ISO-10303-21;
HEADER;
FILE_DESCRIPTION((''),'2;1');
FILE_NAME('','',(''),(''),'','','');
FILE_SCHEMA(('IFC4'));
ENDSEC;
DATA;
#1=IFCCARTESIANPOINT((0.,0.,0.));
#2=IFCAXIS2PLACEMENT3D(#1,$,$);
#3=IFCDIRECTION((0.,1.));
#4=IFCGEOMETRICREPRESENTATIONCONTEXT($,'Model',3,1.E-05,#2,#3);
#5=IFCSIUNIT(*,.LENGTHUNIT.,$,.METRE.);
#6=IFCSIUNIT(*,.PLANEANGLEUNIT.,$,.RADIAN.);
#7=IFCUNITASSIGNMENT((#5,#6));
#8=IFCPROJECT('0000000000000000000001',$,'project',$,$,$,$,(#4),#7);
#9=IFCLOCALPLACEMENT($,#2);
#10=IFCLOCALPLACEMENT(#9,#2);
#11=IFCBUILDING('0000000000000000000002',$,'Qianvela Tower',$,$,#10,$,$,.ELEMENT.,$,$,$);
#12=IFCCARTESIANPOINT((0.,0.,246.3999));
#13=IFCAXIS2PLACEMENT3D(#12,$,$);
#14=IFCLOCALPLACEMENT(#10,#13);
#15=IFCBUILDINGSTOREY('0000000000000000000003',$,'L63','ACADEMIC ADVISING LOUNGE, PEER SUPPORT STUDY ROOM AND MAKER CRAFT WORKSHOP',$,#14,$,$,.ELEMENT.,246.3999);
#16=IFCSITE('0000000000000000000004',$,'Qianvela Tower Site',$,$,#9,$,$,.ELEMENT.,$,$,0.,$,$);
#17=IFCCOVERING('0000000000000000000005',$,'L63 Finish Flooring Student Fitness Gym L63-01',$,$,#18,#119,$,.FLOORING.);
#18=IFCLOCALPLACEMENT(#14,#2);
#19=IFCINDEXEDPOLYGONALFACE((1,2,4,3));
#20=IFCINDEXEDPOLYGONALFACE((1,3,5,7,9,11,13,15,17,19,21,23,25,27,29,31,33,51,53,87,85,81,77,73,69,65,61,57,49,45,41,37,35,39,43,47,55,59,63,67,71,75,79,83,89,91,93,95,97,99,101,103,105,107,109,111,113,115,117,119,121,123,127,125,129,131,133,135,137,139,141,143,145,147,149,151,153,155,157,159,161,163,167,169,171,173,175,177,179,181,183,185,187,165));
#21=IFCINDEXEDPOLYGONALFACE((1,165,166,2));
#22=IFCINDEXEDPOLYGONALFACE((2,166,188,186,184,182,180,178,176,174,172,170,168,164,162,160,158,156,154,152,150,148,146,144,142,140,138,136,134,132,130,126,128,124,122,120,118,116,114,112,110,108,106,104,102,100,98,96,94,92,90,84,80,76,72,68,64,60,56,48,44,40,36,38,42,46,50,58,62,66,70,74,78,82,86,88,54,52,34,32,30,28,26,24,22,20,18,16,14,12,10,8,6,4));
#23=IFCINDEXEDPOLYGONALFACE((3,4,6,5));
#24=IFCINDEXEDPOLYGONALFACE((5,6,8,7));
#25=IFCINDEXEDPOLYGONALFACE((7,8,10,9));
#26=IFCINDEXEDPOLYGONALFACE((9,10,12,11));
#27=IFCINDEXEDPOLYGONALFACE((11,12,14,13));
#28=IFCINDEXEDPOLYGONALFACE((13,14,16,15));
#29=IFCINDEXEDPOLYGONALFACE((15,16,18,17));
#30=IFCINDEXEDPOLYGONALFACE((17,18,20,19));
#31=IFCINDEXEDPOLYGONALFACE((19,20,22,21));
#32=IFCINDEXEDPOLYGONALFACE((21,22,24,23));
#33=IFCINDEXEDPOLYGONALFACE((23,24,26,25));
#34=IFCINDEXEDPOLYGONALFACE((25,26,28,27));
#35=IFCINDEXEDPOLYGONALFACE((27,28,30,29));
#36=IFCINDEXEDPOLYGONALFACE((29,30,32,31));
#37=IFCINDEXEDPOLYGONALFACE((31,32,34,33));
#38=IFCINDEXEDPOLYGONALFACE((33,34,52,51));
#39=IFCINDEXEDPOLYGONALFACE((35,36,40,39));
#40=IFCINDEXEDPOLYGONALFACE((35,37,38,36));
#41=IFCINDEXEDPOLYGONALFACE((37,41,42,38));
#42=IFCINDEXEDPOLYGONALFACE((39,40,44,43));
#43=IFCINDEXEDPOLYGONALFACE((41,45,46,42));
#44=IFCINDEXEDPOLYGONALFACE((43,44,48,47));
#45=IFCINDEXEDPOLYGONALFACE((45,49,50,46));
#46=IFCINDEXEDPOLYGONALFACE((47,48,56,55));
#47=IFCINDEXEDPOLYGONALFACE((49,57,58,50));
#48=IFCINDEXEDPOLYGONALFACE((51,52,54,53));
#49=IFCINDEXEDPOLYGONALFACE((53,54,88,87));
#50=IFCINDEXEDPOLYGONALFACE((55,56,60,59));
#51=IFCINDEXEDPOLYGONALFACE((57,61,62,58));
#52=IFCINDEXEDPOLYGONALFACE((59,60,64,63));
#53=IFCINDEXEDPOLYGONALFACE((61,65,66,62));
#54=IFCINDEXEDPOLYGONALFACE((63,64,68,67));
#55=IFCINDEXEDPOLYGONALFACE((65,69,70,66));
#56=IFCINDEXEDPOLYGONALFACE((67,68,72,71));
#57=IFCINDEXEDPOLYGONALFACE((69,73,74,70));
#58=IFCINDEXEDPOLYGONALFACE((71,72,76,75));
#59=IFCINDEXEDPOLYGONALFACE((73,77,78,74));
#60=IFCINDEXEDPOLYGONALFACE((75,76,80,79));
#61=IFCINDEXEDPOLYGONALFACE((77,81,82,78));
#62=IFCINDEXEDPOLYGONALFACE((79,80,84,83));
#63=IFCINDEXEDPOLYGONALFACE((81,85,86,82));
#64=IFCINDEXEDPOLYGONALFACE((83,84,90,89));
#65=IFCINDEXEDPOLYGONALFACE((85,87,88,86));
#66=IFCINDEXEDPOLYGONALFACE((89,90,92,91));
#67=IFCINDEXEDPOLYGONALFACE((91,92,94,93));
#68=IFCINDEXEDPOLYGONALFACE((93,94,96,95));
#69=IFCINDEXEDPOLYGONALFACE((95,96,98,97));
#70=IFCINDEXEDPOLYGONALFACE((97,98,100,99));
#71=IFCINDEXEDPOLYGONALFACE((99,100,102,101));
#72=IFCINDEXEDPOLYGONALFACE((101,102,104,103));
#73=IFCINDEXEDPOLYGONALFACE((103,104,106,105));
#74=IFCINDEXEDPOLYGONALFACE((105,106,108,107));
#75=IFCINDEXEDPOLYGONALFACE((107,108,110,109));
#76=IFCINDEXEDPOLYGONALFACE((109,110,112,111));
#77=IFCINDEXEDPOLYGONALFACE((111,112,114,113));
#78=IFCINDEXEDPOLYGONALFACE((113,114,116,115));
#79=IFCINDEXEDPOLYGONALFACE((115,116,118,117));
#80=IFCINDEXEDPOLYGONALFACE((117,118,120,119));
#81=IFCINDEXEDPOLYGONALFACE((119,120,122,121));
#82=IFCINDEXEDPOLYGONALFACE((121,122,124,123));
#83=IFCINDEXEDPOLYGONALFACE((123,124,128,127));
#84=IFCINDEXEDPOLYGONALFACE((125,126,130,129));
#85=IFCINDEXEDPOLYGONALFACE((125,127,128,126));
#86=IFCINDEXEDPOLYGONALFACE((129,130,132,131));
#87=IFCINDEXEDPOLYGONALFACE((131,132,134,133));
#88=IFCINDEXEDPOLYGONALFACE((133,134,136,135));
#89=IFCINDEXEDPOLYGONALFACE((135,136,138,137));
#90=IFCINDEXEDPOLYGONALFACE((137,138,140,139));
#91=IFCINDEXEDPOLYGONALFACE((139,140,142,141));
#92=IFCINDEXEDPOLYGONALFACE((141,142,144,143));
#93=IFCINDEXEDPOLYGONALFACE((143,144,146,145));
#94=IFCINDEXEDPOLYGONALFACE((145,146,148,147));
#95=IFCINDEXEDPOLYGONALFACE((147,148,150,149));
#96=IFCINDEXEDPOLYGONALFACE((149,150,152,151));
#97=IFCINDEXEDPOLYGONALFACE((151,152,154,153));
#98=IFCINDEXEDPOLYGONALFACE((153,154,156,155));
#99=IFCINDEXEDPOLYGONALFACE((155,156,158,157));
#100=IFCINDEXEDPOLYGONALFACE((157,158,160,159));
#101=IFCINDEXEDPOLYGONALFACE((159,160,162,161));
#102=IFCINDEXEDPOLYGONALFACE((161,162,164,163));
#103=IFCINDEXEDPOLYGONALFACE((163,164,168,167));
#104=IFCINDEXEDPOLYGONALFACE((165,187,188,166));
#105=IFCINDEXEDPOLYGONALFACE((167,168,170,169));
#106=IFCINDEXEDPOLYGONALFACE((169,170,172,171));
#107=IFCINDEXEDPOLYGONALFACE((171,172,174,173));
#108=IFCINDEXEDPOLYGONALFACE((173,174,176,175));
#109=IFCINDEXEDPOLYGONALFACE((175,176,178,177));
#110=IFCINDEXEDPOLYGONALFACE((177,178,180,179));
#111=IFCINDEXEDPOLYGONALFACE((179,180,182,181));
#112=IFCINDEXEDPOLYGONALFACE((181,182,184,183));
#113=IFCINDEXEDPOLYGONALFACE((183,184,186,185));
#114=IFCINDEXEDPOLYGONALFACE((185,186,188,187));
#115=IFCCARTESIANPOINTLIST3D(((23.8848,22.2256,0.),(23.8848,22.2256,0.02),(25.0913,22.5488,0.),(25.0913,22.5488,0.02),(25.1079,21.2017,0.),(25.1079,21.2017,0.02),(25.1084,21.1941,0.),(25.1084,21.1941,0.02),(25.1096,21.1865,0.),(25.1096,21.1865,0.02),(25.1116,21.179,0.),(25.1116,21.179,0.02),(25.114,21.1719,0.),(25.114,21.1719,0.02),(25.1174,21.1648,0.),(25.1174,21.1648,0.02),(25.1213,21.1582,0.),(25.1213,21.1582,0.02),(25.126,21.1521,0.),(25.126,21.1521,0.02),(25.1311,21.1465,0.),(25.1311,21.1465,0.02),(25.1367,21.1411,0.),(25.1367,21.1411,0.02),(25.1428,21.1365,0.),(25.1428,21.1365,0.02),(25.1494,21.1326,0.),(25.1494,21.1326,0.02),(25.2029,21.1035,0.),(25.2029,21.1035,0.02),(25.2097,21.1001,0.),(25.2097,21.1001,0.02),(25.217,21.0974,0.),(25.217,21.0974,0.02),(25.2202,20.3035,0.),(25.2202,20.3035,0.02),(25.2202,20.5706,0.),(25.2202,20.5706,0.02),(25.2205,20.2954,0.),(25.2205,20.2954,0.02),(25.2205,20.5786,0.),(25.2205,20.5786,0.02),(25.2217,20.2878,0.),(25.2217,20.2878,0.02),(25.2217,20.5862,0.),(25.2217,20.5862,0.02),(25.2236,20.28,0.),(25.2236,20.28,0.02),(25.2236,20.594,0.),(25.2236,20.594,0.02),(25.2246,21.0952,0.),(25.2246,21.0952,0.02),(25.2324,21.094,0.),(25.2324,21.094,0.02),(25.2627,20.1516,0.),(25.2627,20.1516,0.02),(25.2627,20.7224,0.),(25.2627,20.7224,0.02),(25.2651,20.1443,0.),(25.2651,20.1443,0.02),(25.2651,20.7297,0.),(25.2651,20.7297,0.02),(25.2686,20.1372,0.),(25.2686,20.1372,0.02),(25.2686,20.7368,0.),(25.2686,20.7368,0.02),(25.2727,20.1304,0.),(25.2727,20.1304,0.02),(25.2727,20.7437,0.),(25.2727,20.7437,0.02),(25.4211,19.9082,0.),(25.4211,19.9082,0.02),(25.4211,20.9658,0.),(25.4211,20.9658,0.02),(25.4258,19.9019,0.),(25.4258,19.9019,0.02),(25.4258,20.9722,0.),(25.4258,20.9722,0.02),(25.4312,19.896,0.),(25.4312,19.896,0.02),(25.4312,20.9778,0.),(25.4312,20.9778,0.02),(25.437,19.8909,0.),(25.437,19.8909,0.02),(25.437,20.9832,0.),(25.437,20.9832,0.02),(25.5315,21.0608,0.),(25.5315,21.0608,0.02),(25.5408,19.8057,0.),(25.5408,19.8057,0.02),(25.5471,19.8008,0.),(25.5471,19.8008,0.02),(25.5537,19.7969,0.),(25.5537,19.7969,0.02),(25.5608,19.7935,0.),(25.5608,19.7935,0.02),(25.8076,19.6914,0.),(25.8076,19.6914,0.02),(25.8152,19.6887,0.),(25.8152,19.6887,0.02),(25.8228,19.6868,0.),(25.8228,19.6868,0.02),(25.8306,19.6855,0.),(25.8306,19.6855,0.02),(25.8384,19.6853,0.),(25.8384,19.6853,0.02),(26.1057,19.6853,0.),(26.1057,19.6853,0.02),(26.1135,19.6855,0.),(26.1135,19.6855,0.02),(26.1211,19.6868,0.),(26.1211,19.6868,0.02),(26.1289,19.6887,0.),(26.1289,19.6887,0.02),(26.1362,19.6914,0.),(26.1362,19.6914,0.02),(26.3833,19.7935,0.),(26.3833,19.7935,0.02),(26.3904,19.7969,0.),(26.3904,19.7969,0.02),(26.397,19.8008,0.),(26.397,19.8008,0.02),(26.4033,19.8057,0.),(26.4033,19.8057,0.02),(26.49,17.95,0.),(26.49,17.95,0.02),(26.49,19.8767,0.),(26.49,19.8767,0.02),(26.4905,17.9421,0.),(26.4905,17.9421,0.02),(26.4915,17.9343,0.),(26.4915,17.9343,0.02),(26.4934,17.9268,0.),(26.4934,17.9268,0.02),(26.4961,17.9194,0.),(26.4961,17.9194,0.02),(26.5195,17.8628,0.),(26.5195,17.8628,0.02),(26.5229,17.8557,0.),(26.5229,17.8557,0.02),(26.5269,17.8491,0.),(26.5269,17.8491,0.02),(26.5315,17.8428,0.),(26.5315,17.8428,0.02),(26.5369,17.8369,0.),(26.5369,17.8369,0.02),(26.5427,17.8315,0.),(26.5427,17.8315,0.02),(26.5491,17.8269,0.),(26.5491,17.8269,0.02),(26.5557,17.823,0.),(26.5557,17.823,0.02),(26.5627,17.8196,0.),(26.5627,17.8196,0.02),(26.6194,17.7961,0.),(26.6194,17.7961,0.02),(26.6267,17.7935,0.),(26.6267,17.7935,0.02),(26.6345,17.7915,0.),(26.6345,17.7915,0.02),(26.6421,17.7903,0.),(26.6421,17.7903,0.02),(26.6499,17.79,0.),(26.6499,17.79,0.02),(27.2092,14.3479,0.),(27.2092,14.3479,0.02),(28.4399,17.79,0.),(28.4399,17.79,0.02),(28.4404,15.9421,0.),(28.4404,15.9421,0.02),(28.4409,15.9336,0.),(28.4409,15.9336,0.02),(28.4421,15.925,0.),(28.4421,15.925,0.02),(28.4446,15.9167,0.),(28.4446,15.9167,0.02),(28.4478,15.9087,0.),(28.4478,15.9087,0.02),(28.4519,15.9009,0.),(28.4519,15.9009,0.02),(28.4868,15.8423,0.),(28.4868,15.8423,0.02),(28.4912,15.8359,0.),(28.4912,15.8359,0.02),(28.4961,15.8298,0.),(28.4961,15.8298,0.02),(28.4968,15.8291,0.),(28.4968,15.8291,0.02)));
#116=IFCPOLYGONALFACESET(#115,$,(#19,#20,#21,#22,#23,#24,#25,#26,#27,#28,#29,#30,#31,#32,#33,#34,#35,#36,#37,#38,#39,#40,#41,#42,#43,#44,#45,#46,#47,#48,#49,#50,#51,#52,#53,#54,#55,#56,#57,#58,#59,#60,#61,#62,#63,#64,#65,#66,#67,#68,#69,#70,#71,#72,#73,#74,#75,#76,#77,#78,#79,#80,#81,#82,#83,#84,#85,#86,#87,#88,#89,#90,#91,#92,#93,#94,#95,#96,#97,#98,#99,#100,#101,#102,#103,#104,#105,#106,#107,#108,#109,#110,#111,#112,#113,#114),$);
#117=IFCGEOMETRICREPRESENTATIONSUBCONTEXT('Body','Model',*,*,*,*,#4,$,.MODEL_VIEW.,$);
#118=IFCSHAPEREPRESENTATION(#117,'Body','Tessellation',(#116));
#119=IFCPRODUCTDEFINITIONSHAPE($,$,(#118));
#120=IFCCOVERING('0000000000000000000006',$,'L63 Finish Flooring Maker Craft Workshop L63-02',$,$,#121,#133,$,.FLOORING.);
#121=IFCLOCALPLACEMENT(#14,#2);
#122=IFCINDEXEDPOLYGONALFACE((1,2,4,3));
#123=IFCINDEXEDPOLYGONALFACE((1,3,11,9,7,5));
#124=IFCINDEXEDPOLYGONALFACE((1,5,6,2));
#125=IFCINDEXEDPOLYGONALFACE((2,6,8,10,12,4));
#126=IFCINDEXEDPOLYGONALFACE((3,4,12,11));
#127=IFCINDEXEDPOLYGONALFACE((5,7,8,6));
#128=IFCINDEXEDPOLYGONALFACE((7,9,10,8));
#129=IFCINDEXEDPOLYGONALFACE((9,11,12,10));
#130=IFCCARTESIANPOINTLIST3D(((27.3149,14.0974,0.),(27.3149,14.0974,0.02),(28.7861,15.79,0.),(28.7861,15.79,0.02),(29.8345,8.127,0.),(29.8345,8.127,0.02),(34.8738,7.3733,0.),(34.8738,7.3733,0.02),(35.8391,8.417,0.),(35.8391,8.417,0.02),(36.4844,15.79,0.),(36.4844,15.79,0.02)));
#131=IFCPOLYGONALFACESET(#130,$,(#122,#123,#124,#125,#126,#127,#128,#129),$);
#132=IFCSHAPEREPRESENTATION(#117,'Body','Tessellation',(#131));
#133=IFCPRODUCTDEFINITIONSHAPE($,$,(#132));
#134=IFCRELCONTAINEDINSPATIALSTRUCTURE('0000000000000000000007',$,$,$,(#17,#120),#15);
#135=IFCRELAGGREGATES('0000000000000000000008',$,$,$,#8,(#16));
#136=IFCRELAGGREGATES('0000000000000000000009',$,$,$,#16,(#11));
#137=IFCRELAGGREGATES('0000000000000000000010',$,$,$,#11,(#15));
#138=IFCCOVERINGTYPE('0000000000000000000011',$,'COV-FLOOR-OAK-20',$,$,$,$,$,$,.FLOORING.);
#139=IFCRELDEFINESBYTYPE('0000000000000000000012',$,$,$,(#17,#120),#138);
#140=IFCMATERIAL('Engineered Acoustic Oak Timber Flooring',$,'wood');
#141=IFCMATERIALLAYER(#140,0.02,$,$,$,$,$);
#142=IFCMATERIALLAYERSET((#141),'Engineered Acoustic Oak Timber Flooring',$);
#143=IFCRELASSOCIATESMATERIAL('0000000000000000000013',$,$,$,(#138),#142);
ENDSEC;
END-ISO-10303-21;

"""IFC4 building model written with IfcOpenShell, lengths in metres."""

from ifc_helpers import new_model, si_unit, direction, frame, origin, place, context, subcontext, project, spatial, polyline, outline, extrude, material, layer, layer_set, type_object, element, save


model = new_model("IFC4")

# Units and contexts
model_context = context("Model", 3, precision=1e-05, world=origin(), true_north=direction((0.0, 1.0)))
body_context = subcontext(model_context, "Body", "Model", "MODEL_VIEW")
ifc_project = project(units=[si_unit("LENGTHUNIT", "METRE"), si_unit("PLANEANGLEUNIT", "RADIAN")], contexts=[model_context])

# Site, building, storey
site_placement = place(None, origin())
site = spatial("IfcSite", under=ifc_project, at=site_placement, Name="Qianvela Tower Site", CompositionType="ELEMENT", RefElevation=0.0)
building_placement = place(site_placement, origin())
building = spatial("IfcBuilding", under=site, at=building_placement, Name="Qianvela Tower", CompositionType="ELEMENT")
storey_placement = place(building_placement, frame((0.0, 0.0, 246.3999)))
storey = spatial("IfcBuildingStorey", under=building, at=storey_placement, Name="L63", Description="ACADEMIC ADVISING LOUNGE, PEER SUPPORT STUDY ROOM AND MAKER CRAFT WORKSHOP", CompositionType="ELEMENT", Elevation=246.3999)

# Coverings
ifc_material_1 = material(Name="Engineered Acoustic Oak Timber Flooring", Category="wood")
ifc_layer_1 = layer(ifc_material_1, 0.02)
ifc_layer_set_1 = layer_set([ifc_layer_1], Name="Engineered Acoustic Oak Timber Flooring")
covering_type_1 = type_object("IfcCoveringType", Name="COV-FLOOR-OAK-20", PredefinedType="FLOORING", material=ifc_layer_set_1)
covering_1_placement = place(storey_placement, origin())
element("IfcCovering", 1, at=covering_1_placement, inside=storey, type_object=covering_type_1, Name="L63 Finish Flooring Student Fitness Gym L63-01", PredefinedType="FLOORING", context=body_context, shape_type="SweptSolid", body=[
    extrude(outline(polyline([(25.2029, 21.1035), (25.2097, 21.1001), (25.217, 21.0974), (25.2246, 21.0952), (25.2324, 21.094), (25.5315, 21.0608), (25.437, 20.9832), (25.4312, 20.9778), (25.4258, 20.9722), (25.4211, 20.9658), (25.2727, 20.7437), (25.2686, 20.7368), (25.2651, 20.7297), (25.2627, 20.7224), (25.2236, 20.594), (25.2217, 20.5862), (25.2205, 20.5786), (25.2202, 20.5706), (25.2202, 20.3035), (25.2205, 20.2954), (25.2217, 20.2878), (25.2236, 20.28), (25.2627, 20.1516), (25.2651, 20.1443), (25.2686, 20.1372), (25.2727, 20.1304), (25.4211, 19.9082), (25.4258, 19.9019), (25.4312, 19.896), (25.437, 19.8909), (25.5408, 19.8057), (25.5471, 19.8008), (25.5537, 19.7969), (25.5608, 19.7935), (25.8076, 19.6914), (25.8152, 19.6887), (25.8228, 19.6868), (25.8306, 19.6855), (25.8384, 19.6853), (26.1057, 19.6853), (26.1135, 19.6855), (26.1211, 19.6868), (26.1289, 19.6887), (26.1362, 19.6914), (26.3833, 19.7935), (26.3904, 19.7969), (26.397, 19.8008), (26.4033, 19.8057), (26.49, 19.8767), (26.49, 17.95), (26.4905, 17.9421), (26.4915, 17.9343), (26.4934, 17.9268), (26.4961, 17.9194), (26.5195, 17.8628), (26.5229, 17.8557), (26.5269, 17.8491), (26.5315, 17.8428), (26.5369, 17.8369), (26.5427, 17.8315), (26.5491, 17.8269), (26.5557, 17.823), (26.5627, 17.8196), (26.6194, 17.7961), (26.6267, 17.7935), (26.6345, 17.7915), (26.6421, 17.7903), (26.6499, 17.79), (28.4399, 17.79), (28.4404, 15.9421), (28.4409, 15.9336), (28.4421, 15.925), (28.4446, 15.9167), (28.4478, 15.9087), (28.4519, 15.9009), (28.4868, 15.8423), (28.4912, 15.8359), (28.4961, 15.8298), (28.4968, 15.8291), (27.2092, 14.3479), (23.8848, 22.2256), (25.0913, 22.5488), (25.1079, 21.2017), (25.1084, 21.1941), (25.1096, 21.1865), (25.1116, 21.179), (25.114, 21.1719), (25.1174, 21.1648), (25.1213, 21.1582), (25.126, 21.1521), (25.1311, 21.1465), (25.1367, 21.1411), (25.1428, 21.1365), (25.1494, 21.1326), (25.2029, 21.1035)])), origin(), (0.0, 0.0, 1.0), 0.02),
])
covering_2_placement = place(storey_placement, origin())
element("IfcCovering", 2, at=covering_2_placement, inside=storey, type_object=covering_type_1, Name="L63 Finish Flooring Maker Craft Workshop L63-02", PredefinedType="FLOORING", context=body_context, shape_type="SweptSolid", body=[
    extrude(outline(polyline([(35.8391, 8.417), (34.8738, 7.3733), (29.8345, 8.127), (27.3149, 14.0974), (28.7861, 15.79), (36.4844, 15.79), (35.8391, 8.417)])), origin(), (0.0, 0.0, 1.0), 0.02),
])

save(model, "model.ifc")
